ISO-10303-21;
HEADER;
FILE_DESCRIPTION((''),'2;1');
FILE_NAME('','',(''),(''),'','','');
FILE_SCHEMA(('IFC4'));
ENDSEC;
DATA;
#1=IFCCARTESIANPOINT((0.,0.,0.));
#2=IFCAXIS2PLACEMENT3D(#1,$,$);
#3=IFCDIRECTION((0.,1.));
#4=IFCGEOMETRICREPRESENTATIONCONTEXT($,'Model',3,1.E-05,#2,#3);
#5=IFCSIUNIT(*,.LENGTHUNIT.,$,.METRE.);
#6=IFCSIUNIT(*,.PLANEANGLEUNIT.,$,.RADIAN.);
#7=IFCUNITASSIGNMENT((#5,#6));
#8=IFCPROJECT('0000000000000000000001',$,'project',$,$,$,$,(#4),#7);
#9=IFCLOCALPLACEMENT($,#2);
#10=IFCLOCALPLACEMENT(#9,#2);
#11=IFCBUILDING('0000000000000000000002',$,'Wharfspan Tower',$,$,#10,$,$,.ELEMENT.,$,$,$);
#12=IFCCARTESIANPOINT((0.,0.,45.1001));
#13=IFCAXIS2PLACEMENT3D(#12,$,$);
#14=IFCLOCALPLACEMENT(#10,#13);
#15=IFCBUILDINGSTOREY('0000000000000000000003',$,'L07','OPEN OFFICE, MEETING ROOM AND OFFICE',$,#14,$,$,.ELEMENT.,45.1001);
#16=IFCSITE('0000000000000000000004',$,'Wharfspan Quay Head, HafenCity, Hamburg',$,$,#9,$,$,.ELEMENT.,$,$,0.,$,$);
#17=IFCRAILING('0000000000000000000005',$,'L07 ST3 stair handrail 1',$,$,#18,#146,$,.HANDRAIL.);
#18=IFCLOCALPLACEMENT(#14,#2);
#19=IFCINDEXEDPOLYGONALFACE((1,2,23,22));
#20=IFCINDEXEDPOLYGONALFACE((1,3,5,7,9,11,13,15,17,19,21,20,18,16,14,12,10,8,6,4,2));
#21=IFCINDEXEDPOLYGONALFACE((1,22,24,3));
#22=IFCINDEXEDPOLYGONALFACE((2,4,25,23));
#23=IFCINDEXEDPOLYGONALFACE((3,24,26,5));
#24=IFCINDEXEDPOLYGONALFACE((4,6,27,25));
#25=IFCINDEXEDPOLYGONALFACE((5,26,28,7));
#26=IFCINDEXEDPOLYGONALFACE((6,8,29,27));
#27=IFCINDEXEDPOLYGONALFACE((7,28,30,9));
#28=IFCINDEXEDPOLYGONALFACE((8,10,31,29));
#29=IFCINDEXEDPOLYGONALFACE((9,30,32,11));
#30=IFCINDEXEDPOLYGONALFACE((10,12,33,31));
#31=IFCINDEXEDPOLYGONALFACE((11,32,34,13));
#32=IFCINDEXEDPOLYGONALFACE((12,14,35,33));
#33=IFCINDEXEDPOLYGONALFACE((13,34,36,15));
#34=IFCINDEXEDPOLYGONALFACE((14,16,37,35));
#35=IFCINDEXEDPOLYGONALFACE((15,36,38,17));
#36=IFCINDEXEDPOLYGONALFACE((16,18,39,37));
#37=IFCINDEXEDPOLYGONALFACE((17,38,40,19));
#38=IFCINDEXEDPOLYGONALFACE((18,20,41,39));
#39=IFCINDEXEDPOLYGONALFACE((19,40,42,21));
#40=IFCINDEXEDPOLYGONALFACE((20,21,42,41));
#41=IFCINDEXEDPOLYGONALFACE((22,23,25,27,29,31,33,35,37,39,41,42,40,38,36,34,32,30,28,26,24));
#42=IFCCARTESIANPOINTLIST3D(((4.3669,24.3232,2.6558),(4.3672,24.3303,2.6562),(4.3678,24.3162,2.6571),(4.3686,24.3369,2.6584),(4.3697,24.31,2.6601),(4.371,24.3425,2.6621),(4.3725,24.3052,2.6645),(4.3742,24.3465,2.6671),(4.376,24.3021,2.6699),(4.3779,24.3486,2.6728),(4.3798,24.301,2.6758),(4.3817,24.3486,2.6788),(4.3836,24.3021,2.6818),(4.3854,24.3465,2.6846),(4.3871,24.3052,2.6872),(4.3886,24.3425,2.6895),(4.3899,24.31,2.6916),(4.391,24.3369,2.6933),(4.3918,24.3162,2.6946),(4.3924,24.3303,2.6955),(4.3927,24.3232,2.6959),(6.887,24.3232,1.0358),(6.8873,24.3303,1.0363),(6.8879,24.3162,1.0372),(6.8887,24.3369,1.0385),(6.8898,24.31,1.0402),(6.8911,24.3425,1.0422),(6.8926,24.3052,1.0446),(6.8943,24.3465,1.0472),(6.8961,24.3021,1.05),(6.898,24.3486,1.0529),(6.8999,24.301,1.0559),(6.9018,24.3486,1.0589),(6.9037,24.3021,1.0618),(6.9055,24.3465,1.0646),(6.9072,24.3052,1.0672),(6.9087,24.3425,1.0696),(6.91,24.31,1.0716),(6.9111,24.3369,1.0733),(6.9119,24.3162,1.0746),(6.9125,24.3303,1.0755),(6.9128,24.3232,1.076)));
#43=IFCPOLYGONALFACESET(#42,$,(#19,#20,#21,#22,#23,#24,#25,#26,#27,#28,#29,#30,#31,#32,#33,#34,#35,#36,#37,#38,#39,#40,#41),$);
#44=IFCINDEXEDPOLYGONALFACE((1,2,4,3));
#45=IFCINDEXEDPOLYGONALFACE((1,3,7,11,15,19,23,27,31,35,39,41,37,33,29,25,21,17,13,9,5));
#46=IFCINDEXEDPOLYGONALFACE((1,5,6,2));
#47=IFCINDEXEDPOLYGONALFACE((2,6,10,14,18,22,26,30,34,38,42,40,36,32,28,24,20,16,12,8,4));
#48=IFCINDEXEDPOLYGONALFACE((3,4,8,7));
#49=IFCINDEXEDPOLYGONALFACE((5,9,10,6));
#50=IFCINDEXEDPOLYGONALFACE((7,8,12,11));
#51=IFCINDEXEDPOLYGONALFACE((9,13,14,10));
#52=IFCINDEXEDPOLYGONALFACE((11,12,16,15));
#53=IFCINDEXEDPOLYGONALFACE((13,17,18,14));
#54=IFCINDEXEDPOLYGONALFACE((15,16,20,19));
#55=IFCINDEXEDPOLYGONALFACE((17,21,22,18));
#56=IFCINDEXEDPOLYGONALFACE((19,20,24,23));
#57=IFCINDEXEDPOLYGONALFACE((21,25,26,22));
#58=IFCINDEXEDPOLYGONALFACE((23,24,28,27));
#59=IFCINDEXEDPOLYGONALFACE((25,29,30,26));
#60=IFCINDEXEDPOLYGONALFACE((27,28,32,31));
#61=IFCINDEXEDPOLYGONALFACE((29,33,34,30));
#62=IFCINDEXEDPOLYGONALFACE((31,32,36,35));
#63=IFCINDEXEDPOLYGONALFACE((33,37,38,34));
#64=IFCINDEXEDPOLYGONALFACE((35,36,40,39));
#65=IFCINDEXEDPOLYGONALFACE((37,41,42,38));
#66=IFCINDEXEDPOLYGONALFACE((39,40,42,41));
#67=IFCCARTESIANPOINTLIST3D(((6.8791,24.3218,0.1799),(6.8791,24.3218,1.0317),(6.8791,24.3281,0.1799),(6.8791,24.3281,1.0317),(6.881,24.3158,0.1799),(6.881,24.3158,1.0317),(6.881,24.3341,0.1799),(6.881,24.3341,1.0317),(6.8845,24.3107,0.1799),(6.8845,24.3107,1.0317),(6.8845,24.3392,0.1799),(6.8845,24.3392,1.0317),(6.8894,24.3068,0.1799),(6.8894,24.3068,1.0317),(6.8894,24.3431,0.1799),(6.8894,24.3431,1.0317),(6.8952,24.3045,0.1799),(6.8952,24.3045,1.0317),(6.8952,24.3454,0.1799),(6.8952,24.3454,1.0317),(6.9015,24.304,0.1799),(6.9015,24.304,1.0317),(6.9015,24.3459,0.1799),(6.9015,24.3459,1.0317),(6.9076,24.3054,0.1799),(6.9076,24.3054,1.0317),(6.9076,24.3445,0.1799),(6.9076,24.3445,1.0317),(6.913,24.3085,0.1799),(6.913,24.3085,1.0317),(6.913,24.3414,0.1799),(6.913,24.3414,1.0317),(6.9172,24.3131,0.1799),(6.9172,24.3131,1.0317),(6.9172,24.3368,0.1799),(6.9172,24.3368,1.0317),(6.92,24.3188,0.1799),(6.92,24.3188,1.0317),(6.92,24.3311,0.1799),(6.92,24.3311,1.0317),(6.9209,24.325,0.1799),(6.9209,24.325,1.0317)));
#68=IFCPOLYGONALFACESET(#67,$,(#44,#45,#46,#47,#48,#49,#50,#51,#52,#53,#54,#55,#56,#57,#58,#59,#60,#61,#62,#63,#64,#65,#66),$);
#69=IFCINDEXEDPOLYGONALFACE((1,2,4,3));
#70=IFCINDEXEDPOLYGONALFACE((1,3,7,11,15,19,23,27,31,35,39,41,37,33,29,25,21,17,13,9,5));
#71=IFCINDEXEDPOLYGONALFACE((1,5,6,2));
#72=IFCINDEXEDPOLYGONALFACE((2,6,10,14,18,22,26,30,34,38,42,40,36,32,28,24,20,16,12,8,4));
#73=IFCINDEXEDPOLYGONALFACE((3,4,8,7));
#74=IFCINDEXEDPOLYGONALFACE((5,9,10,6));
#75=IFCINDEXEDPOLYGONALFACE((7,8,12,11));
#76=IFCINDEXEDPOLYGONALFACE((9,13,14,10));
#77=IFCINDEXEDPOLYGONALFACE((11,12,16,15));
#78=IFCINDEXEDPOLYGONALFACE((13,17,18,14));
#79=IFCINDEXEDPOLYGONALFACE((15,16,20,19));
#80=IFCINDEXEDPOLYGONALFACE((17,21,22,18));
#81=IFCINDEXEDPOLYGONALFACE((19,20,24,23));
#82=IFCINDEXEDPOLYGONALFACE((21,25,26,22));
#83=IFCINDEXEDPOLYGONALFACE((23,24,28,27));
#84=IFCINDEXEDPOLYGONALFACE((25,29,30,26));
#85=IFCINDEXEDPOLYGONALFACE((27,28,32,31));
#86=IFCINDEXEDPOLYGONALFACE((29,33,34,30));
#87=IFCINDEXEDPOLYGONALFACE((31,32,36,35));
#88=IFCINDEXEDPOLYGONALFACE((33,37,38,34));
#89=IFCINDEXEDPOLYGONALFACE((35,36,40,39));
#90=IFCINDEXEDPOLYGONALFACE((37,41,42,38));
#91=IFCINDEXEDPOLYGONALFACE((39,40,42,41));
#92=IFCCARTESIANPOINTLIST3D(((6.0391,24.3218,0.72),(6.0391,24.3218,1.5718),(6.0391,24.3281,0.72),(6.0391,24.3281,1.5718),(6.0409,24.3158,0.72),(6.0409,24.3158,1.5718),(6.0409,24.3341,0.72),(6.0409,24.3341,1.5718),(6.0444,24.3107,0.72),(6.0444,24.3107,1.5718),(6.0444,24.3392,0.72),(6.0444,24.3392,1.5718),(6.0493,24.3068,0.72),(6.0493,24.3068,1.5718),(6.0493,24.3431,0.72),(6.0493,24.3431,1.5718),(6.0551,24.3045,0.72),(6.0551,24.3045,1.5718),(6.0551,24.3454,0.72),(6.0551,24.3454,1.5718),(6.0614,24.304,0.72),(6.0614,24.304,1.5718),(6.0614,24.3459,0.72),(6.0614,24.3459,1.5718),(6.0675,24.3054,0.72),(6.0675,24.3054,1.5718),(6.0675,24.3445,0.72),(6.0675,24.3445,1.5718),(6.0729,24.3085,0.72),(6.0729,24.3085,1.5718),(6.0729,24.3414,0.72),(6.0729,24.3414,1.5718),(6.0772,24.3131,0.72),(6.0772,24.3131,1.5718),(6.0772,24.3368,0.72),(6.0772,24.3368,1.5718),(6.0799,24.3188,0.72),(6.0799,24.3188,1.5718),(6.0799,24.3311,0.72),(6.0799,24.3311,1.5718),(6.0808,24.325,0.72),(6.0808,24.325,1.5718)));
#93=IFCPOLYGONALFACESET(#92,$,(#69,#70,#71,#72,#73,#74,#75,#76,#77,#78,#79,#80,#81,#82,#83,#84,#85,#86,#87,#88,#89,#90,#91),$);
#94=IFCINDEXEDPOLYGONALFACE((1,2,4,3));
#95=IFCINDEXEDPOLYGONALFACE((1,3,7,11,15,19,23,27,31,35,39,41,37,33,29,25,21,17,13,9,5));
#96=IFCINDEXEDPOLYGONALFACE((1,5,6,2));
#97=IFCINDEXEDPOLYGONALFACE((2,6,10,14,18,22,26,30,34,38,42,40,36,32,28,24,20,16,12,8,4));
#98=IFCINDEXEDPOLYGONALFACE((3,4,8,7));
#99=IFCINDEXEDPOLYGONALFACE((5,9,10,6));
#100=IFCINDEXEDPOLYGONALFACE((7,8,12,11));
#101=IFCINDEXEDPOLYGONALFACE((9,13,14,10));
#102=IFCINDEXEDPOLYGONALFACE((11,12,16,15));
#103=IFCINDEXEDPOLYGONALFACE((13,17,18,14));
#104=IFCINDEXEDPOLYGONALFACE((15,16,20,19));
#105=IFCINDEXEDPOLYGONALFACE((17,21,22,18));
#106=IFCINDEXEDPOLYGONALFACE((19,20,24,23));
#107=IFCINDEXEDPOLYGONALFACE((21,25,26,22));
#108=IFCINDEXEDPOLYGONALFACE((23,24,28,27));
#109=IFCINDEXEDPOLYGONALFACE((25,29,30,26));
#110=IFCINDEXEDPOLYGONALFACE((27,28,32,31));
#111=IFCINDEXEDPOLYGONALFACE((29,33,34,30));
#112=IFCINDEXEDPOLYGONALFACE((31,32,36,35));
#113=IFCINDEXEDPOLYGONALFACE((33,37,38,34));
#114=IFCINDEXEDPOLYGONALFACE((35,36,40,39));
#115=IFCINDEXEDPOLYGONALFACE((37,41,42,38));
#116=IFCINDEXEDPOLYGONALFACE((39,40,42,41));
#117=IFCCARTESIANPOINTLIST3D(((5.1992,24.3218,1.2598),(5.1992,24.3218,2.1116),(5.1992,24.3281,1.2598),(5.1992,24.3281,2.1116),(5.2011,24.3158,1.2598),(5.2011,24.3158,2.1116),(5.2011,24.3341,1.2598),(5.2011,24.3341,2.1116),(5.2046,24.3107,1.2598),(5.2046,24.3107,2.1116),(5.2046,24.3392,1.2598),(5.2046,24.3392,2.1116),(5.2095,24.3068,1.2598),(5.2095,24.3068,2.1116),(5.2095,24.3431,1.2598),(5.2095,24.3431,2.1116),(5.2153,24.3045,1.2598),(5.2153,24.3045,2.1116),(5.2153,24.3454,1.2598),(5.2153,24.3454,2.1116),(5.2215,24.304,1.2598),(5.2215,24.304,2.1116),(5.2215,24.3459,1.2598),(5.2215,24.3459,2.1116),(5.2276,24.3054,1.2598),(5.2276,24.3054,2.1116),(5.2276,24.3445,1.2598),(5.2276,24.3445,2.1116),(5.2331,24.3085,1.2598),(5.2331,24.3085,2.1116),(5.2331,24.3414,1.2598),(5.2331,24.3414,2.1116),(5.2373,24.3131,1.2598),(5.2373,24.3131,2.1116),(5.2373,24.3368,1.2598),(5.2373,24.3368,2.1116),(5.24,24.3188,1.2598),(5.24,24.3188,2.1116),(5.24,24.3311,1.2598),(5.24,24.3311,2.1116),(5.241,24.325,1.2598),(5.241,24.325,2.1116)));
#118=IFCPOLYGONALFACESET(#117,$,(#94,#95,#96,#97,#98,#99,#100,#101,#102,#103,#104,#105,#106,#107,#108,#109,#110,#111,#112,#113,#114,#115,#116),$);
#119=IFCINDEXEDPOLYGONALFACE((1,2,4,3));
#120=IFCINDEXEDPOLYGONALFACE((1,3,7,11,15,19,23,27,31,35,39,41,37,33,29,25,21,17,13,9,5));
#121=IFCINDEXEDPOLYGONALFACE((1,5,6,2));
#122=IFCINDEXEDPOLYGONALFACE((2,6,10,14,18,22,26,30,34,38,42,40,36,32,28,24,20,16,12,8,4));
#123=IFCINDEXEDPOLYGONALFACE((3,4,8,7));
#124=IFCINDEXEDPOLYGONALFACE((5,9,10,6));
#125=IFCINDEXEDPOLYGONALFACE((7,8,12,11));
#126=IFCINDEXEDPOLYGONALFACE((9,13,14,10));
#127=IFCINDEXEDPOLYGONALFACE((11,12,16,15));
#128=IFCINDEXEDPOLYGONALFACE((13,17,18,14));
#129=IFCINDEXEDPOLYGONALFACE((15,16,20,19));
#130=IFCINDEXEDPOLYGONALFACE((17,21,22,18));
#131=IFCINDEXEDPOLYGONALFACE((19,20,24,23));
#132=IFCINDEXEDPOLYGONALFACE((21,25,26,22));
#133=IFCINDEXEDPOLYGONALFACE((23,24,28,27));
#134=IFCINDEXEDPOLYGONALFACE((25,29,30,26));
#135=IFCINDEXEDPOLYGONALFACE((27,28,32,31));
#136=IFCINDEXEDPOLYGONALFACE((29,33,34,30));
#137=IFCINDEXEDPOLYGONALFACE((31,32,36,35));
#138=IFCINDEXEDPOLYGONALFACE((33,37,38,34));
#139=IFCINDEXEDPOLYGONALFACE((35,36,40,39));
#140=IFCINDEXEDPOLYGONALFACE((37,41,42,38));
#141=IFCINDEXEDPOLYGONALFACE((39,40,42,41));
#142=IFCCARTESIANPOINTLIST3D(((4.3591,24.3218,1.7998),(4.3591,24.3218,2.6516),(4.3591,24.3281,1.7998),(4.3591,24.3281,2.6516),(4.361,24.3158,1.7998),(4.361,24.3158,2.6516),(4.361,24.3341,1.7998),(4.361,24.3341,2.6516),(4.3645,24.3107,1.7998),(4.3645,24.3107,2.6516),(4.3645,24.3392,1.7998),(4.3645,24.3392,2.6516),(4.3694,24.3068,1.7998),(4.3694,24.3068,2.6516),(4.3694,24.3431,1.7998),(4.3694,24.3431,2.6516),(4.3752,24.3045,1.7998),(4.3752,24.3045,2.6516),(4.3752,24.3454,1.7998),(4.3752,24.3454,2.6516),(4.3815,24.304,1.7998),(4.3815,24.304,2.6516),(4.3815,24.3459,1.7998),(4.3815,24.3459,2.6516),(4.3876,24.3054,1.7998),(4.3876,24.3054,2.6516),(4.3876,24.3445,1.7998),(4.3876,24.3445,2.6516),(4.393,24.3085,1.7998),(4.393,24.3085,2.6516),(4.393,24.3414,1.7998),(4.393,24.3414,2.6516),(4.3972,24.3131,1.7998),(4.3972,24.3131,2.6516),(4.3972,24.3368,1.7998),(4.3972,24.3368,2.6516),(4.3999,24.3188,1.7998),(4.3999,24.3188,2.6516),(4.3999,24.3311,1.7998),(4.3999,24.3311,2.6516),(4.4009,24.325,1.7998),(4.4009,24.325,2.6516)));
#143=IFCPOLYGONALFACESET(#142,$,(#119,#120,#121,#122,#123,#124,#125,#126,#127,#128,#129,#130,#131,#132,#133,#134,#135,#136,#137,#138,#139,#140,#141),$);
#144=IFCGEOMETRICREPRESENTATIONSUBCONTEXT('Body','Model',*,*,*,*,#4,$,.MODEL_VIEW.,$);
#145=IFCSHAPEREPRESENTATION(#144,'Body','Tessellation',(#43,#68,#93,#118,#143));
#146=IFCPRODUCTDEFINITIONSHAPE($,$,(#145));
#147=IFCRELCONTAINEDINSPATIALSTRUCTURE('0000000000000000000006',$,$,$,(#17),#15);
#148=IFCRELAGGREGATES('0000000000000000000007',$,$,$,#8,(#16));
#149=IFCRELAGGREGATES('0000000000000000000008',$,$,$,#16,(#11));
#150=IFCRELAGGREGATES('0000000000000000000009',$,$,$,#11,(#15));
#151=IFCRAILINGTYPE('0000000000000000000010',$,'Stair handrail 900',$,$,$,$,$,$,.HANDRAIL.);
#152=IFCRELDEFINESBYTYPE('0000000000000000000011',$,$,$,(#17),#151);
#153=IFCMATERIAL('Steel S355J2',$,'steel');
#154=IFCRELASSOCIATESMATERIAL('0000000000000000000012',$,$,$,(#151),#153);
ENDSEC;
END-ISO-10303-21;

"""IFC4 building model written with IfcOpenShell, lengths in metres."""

from ifc_helpers import new_model, si_unit, direction, frame, origin, origin_2d, place, context, subcontext, project, spatial, circle, extrude, material, type_object, element, save


model = new_model("IFC4")

# Units and contexts
model_context = context("Model", 3, precision=1e-05, world=origin(), true_north=direction((0.0, 1.0)))
body_context = subcontext(model_context, "Body", "Model", "MODEL_VIEW")
ifc_project = project(units=[si_unit("LENGTHUNIT", "METRE"), si_unit("PLANEANGLEUNIT", "RADIAN")], contexts=[model_context])

# Site, building, storey
site_placement = place(None, origin())
site = spatial("IfcSite", under=ifc_project, at=site_placement, Name="Wharfspan Quay Head, HafenCity, Hamburg", CompositionType="ELEMENT", RefElevation=0.0)
building_placement = place(site_placement, origin())
building = spatial("IfcBuilding", under=site, at=building_placement, Name="Wharfspan Tower", CompositionType="ELEMENT")
storey_placement = place(building_placement, frame((0.0, 0.0, 45.1001)))
storey = spatial("IfcBuildingStorey", under=building, at=storey_placement, Name="L07", Description="OPEN OFFICE, MEETING ROOM AND OFFICE", CompositionType="ELEMENT", Elevation=45.1001)

# Shared definitions
ifc_material_1 = material(Name="Steel S355J2", Category="steel")

# Railing
railing_type_1 = type_object("IfcRailingType", Name="Stair handrail 900", PredefinedType="HANDRAIL", material=ifc_material_1)
railing_1_placement = place(storey_placement, frame((6.8999, 24.325, 0.1799)))
element("IfcRailing", 1, at=railing_1_placement, inside=storey, type_object=railing_type_1, Name="L07 ST3 stair handrail 1", PredefinedType="HANDRAIL", context=body_context, shape_type="SweptSolid", body=[
    extrude(circle(Radius=0.0239, at=origin_2d()), frame((0.0, 0.0, 0.876), z_axis=(-0.8412, 0.0, 0.540725), x_axis=(0.0, -1.0, 0.0)), (0.0, 0.0, 1.0), 2.9958),
    extrude(circle(Radius=0.021, at=origin_2d()), origin(), (0.0, 0.0, 1.0), 0.8518),
    extrude(circle(Radius=0.021, at=origin_2d()), frame((-0.8401, 0.0, 0.54)), (0.0, 0.0, 1.0), 0.8518),
    extrude(circle(Radius=0.021, at=origin_2d()), frame((-1.6799, 0.0, 1.0798)), (0.0, 0.0, 1.0), 0.8518),
    extrude(circle(Radius=0.021, at=origin_2d()), frame((-2.52, 0.0, 1.6199)), (0.0, 0.0, 1.0), 0.8518),
])

save(model, "model.ifc")
